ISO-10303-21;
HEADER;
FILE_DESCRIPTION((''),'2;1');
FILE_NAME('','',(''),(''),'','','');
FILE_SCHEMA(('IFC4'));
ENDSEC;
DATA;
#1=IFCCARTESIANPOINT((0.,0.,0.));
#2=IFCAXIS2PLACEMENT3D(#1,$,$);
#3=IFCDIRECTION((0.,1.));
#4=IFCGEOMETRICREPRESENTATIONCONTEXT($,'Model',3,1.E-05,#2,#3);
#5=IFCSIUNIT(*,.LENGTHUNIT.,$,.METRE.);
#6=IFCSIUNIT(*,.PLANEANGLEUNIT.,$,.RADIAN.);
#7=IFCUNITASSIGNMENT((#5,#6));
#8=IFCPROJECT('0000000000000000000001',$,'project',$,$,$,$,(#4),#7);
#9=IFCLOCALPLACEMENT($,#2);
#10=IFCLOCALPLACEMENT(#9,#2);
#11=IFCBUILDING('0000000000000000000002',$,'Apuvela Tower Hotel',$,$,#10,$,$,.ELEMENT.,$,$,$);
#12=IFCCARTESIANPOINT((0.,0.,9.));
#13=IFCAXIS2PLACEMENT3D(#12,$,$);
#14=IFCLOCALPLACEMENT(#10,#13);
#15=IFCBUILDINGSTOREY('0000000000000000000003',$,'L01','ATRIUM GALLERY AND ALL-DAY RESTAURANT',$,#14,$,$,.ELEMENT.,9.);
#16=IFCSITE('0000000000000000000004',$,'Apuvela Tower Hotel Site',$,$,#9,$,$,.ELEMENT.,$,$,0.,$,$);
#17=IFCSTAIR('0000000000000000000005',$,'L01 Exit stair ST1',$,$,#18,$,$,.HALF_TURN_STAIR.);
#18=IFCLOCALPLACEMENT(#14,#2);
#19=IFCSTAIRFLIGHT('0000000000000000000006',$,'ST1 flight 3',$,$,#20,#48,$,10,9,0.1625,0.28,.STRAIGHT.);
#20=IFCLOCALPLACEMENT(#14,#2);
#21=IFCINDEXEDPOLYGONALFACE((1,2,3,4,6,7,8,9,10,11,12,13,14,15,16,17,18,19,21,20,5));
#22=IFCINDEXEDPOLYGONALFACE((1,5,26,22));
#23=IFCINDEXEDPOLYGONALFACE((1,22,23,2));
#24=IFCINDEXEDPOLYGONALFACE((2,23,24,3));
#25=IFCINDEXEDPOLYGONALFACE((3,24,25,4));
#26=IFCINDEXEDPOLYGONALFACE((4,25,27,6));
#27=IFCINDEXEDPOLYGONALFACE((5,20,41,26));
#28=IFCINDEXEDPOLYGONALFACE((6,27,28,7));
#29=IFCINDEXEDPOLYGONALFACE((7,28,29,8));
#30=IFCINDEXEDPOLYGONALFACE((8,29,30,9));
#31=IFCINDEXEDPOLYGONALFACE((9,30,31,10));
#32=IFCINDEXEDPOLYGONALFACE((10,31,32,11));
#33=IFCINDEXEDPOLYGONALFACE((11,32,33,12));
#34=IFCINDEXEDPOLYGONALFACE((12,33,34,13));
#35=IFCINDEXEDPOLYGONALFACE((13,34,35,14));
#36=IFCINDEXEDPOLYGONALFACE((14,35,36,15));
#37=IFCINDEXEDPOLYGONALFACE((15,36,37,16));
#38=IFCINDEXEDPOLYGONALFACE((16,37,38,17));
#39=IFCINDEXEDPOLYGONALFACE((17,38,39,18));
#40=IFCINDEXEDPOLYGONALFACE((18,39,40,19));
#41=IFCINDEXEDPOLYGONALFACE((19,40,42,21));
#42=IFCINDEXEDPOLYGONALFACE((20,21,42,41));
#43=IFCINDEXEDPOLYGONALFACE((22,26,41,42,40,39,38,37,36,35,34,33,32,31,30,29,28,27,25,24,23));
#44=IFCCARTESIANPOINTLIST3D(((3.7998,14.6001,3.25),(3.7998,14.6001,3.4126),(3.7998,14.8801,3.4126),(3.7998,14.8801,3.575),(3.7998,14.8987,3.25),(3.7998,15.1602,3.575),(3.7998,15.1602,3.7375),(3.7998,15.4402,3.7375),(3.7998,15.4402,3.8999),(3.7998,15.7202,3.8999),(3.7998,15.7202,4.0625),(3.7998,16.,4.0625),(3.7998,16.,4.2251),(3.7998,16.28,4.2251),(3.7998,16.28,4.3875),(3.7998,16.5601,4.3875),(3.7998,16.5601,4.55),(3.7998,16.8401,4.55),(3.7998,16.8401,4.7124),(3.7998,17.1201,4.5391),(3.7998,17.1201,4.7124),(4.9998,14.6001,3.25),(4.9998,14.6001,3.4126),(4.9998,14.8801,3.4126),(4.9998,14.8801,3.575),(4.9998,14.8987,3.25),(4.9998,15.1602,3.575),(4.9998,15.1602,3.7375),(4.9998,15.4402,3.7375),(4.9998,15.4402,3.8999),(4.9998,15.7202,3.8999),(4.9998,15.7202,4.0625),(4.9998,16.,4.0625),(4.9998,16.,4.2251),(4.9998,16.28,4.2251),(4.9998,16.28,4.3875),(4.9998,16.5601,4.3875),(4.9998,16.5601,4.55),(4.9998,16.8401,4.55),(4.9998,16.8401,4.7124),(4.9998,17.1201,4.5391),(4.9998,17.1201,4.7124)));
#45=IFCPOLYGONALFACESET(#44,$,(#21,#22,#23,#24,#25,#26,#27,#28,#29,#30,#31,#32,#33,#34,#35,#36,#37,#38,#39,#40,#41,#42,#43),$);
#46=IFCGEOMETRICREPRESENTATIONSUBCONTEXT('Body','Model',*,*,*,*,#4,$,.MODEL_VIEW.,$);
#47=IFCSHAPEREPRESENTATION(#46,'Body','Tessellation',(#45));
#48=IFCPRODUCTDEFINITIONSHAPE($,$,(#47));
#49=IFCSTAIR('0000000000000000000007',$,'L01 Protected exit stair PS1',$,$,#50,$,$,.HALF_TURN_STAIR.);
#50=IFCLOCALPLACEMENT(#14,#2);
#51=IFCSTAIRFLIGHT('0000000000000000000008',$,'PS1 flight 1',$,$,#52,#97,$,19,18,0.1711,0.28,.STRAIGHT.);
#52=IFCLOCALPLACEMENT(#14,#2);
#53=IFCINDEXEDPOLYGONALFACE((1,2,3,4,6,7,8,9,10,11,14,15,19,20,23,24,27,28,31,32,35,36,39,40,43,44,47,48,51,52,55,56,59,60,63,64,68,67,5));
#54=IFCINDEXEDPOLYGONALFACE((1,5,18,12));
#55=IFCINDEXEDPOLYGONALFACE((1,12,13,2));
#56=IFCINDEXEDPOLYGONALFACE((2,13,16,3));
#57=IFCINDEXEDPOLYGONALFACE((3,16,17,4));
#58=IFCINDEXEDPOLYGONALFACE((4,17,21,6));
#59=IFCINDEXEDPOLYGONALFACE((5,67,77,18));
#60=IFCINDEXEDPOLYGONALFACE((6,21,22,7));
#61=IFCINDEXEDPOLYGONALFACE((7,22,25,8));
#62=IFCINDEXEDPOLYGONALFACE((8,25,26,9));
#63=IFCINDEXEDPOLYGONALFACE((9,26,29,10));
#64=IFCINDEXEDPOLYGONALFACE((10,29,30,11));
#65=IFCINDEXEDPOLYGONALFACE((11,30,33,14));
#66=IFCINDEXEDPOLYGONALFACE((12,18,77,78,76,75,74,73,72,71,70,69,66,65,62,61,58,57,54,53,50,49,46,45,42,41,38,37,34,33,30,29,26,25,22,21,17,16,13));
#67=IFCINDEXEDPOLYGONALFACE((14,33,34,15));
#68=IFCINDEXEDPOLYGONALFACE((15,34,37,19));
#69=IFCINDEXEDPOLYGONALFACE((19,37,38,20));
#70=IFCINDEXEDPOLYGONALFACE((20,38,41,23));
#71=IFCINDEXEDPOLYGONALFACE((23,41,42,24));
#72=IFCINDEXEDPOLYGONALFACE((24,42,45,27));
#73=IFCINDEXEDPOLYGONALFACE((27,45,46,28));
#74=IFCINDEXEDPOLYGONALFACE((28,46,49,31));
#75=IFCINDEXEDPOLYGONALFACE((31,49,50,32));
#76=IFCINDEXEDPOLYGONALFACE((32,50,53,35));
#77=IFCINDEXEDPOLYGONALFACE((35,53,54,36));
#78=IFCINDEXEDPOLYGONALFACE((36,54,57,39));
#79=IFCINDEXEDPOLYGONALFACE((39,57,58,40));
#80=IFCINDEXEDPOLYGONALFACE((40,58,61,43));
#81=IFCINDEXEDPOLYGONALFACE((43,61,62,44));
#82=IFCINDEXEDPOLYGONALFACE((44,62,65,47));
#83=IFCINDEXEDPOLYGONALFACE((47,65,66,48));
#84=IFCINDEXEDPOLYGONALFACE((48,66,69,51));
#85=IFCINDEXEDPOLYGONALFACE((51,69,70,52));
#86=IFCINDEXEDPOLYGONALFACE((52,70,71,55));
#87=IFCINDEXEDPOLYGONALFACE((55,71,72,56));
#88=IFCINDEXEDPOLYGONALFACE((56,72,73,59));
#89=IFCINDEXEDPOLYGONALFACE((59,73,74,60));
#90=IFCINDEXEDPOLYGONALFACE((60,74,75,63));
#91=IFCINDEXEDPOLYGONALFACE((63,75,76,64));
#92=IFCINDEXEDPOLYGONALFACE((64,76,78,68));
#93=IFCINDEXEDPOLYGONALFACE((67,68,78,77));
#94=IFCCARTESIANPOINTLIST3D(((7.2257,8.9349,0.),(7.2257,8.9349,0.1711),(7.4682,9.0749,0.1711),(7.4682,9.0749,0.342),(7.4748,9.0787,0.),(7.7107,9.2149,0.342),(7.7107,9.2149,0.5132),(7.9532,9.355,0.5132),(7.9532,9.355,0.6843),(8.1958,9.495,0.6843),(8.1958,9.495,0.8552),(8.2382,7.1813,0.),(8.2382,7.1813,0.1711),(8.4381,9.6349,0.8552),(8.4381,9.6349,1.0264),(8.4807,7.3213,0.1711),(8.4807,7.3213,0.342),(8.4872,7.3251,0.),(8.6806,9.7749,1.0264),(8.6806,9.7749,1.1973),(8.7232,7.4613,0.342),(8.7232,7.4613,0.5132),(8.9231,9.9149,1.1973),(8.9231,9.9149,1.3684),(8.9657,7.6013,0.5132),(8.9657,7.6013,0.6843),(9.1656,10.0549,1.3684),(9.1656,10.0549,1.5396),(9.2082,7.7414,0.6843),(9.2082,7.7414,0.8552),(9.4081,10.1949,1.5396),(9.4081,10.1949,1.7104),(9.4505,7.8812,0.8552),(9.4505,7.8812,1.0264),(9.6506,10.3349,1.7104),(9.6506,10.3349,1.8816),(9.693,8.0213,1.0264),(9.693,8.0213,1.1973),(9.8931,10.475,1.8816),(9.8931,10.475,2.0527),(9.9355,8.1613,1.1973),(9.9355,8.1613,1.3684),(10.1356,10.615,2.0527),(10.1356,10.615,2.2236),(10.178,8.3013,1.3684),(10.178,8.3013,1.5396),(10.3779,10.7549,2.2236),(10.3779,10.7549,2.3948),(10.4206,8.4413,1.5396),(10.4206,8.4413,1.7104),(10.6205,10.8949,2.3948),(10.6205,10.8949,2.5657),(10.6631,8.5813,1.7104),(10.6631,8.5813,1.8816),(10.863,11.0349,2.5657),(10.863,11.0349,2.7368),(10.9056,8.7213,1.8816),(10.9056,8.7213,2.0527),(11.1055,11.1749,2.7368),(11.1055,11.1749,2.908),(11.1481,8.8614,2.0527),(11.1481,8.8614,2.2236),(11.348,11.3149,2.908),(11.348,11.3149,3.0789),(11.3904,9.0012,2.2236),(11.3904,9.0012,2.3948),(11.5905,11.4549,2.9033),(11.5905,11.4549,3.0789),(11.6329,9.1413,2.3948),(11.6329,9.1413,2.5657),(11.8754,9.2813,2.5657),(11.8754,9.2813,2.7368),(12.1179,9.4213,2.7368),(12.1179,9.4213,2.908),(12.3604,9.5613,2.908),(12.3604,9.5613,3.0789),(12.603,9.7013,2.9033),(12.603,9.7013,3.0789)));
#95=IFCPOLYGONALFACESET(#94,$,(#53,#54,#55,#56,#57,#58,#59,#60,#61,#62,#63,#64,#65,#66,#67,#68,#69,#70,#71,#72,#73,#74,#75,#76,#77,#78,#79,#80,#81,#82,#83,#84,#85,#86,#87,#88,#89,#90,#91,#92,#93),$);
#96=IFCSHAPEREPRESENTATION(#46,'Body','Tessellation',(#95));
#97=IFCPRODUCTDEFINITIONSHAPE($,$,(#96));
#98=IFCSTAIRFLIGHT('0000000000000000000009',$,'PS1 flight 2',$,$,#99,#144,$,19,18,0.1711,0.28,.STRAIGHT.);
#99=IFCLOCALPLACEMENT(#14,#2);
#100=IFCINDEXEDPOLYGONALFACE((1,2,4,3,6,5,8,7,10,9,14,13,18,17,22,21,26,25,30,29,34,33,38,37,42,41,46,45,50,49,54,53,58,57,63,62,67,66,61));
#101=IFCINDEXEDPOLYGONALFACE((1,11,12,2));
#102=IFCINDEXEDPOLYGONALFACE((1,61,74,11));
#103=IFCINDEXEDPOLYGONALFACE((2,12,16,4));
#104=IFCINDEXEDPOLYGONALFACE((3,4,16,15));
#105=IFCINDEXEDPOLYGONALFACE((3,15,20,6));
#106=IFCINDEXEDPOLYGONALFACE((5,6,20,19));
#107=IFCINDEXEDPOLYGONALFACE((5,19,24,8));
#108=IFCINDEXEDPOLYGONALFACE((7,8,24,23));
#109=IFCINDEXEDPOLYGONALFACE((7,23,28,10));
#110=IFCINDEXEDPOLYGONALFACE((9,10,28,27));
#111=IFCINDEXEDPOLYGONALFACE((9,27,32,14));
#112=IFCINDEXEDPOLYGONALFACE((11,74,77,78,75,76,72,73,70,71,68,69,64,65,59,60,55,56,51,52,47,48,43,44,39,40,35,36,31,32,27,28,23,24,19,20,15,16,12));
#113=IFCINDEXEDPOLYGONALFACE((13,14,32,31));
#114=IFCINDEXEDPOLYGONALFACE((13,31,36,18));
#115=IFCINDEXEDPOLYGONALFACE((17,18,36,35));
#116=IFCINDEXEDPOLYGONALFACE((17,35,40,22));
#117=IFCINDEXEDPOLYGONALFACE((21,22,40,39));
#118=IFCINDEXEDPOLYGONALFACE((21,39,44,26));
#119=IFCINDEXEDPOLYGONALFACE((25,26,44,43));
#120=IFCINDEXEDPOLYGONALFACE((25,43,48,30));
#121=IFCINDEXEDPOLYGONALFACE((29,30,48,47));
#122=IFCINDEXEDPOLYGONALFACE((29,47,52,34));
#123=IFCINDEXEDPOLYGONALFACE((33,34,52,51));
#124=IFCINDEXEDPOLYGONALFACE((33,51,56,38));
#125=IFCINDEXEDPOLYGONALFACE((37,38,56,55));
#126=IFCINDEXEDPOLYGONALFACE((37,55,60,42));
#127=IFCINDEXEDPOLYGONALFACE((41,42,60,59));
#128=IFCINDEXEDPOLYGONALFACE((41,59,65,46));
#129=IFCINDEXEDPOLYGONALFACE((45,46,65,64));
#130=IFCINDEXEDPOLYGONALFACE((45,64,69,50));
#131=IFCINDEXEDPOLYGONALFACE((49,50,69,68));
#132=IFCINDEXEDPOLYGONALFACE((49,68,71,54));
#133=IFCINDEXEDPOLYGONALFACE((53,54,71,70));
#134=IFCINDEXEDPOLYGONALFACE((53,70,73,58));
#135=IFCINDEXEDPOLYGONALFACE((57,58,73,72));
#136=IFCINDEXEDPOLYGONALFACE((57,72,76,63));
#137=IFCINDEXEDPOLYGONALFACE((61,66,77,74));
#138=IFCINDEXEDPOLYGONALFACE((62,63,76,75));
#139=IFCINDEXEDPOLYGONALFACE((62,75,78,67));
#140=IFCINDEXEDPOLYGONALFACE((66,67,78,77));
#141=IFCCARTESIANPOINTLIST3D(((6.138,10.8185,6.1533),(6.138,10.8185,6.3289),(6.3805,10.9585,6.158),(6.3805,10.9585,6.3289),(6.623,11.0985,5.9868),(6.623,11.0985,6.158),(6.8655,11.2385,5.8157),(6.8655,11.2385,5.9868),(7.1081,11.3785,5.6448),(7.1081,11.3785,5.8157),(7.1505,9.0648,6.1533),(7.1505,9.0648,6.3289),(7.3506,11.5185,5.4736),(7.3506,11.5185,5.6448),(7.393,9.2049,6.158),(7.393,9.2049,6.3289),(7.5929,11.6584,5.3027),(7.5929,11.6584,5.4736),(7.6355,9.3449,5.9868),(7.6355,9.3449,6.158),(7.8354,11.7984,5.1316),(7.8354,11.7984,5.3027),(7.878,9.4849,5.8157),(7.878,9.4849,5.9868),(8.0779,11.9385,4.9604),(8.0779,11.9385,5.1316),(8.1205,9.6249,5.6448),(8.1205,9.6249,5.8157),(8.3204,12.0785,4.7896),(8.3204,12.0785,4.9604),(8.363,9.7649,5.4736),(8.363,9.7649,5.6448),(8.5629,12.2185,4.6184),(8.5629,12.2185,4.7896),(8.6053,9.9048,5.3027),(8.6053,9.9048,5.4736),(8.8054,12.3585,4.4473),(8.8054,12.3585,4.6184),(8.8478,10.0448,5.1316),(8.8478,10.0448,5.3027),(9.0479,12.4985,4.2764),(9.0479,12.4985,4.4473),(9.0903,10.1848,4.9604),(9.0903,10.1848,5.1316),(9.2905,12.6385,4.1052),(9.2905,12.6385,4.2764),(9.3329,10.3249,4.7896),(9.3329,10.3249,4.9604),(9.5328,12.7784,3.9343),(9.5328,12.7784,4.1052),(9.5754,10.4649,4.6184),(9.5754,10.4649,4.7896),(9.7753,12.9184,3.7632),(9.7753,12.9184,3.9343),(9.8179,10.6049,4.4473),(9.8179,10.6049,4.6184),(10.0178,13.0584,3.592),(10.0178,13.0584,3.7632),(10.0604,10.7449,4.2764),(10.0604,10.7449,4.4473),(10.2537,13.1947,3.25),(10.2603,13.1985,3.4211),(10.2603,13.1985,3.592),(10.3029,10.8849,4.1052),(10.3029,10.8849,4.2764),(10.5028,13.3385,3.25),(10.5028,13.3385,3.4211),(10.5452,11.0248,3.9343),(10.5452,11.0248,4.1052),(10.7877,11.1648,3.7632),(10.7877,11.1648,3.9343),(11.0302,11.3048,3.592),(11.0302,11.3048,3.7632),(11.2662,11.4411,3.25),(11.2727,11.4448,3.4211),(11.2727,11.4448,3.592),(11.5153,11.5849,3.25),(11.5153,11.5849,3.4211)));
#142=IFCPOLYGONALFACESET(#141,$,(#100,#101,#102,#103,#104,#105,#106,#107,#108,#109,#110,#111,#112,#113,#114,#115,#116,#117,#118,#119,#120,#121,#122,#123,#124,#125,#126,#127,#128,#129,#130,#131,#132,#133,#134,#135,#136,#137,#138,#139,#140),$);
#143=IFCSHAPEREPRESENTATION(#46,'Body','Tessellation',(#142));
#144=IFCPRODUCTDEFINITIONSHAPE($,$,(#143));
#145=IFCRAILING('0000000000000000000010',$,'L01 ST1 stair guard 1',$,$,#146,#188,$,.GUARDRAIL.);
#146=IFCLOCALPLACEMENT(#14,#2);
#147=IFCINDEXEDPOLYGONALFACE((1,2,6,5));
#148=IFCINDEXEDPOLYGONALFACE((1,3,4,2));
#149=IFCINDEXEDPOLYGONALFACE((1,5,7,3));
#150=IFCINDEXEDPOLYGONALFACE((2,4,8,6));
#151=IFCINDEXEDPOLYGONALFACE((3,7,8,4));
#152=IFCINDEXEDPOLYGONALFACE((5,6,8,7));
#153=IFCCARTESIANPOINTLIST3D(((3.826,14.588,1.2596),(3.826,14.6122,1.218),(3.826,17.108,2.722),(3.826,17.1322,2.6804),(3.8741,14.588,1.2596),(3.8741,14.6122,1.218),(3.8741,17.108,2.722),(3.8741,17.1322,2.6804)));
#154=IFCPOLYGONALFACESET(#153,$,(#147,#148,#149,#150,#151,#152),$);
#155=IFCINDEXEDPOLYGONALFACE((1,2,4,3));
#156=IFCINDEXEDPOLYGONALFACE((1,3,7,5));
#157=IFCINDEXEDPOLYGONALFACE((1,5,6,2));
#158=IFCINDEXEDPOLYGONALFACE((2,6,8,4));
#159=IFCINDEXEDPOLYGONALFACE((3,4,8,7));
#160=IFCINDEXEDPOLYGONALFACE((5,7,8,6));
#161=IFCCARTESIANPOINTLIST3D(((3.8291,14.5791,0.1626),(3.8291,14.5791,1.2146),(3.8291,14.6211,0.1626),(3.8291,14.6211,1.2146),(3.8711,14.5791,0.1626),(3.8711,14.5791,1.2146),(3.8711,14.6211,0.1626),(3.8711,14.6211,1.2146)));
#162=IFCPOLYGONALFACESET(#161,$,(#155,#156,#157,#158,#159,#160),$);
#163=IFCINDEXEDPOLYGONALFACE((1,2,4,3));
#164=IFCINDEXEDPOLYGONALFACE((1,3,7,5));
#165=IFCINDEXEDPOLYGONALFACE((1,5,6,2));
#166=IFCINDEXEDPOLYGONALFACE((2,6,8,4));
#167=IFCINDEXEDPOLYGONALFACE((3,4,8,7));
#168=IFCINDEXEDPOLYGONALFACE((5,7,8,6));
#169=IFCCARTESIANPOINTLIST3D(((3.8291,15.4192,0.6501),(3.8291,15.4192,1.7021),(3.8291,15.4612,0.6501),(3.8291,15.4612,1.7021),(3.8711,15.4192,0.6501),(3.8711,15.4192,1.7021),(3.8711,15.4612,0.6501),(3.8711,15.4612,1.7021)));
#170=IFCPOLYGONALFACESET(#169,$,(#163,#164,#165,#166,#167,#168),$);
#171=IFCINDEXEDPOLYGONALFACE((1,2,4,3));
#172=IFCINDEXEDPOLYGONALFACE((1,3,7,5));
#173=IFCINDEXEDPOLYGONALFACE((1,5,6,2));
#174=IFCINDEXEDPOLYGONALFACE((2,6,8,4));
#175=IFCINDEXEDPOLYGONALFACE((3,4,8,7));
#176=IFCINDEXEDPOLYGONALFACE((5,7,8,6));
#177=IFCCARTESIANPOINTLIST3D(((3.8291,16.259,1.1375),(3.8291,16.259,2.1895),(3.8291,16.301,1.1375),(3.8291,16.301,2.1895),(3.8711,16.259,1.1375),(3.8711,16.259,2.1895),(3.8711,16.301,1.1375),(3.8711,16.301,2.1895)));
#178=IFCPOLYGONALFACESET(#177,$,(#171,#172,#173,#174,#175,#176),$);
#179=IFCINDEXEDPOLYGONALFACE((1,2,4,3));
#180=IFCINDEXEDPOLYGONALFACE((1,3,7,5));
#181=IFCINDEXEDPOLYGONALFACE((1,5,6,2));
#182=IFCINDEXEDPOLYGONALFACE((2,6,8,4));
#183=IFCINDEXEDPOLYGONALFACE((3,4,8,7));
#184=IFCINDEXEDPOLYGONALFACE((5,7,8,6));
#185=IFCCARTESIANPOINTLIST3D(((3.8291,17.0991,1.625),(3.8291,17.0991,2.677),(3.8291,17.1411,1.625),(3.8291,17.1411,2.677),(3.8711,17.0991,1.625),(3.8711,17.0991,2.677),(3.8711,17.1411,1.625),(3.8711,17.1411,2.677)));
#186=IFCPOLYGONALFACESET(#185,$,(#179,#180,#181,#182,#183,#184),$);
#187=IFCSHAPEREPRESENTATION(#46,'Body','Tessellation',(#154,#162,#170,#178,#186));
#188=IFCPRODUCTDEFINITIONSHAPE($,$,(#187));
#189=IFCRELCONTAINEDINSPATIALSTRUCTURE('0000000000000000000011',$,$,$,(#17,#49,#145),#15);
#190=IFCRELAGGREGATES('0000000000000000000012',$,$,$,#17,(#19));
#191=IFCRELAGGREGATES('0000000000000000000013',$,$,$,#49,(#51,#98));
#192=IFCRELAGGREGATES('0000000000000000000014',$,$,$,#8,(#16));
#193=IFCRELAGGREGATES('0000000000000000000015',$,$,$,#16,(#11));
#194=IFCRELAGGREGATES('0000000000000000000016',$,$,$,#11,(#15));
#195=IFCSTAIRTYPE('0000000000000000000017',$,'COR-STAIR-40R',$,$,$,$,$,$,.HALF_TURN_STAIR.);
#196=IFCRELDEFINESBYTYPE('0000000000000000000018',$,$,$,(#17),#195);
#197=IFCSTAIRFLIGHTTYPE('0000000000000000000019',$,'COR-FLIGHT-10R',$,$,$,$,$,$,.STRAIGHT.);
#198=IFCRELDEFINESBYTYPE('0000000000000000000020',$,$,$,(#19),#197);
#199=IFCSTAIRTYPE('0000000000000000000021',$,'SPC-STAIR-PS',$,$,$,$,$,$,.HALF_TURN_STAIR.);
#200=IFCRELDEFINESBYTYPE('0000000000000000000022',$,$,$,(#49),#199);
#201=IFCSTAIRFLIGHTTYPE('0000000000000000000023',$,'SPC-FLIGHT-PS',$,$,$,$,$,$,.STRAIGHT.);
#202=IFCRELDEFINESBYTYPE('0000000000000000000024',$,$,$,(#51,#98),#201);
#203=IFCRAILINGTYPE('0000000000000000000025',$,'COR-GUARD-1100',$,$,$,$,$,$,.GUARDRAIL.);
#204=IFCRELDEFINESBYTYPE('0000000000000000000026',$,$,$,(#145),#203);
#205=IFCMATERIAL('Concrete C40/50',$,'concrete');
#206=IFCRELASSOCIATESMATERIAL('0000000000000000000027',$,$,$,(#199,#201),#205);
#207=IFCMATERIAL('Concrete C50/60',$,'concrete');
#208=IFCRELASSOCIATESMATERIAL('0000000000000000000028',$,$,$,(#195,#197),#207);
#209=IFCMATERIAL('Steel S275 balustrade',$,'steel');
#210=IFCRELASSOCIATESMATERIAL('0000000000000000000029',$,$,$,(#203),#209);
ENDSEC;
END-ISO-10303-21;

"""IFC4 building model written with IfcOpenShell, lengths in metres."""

from ifc_helpers import new_model, si_unit, direction, frame, origin, origin_2d, place, context, subcontext, project, spatial, polyline, rectangle, outline, extrude, material, type_object, element, aggregate, save


model = new_model("IFC4")

# Units and contexts
model_context = context("Model", 3, precision=1e-05, world=origin(), true_north=direction((0.0, 1.0)))
body_context = subcontext(model_context, "Body", "Model", "MODEL_VIEW")
ifc_project = project(units=[si_unit("LENGTHUNIT", "METRE"), si_unit("PLANEANGLEUNIT", "RADIAN")], contexts=[model_context])

# Site, building, storey
site_placement = place(None, origin())
site = spatial("IfcSite", under=ifc_project, at=site_placement, Name="Apuvela Tower Hotel Site", CompositionType="ELEMENT", RefElevation=0.0)
building_placement = place(site_placement, origin())
building = spatial("IfcBuilding", under=site, at=building_placement, Name="Apuvela Tower Hotel", CompositionType="ELEMENT")
storey_placement = place(building_placement, frame((0.0, 0.0, 9.0)))
storey = spatial("IfcBuildingStorey", under=building, at=storey_placement, Name="L01", Description="ATRIUM GALLERY AND ALL-DAY RESTAURANT", CompositionType="ELEMENT", Elevation=9.0)

# Shared definitions
ifc_material_1 = material(Name="Concrete C40/50", Category="concrete")
stair_type_1 = type_object("IfcStairType", Name="SPC-STAIR-PS", PredefinedType="HALF_TURN_STAIR", material=ifc_material_1)

# Shared definitions
ifc_material_2 = material(Name="Concrete C50/60", Category="concrete")

# Stairs, stair flights
stair_type_2 = type_object("IfcStairType", Name="COR-STAIR-40R", PredefinedType="HALF_TURN_STAIR", material=ifc_material_2)
stair_1_placement = place(storey_placement, origin())
stair_1 = element("IfcStair", 1, at=stair_1_placement, inside=storey, type_object=stair_type_2, Name="L01 Exit stair ST1", PredefinedType="HALF_TURN_STAIR")
stair_flight_type_1 = type_object("IfcStairFlightType", Name="COR-FLIGHT-10R", PredefinedType="STRAIGHT", material=ifc_material_2)
stair_flight_1_placement = place(storey_placement, frame((4.3999, 14.6001, 3.25), z_axis=(0.0, 0.0, 1.0), x_axis=(0.0, 1.0, 0.0)))
stair_flight_1 = element("IfcStairFlight", 2, at=stair_flight_1_placement, type_object=stair_flight_type_1, Name="ST1 flight 3", NumberOfRisers=10, NumberOfTreads=9, PredefinedType="STRAIGHT", RiserHeight=0.1625, TreadLength=0.28, context=body_context, shape_type="SweptSolid", body=[
    extrude(outline(polyline([(0.0, 0.0), (0.0, 0.1626), (0.28, 0.1626), (0.28, 0.325), (0.5601, 0.325), (0.5601, 0.4875), (0.8401, 0.4875), (0.8401, 0.6499), (1.1201, 0.6499), (1.1201, 0.8125), (1.3999, 0.8125), (1.3999, 0.9751), (1.6799, 0.9751), (1.6799, 1.1375), (1.96, 1.1375), (1.96, 1.3), (2.24, 1.3), (2.24, 1.4624), (2.52, 1.4624), (2.52, 1.625), (2.52, 1.2891), (0.2986, 0.0), (0.0, 0.0)])), frame((0.0, 0.6001, 0.0), z_axis=(0.0, -1.0, 0.0), x_axis=(1.0, 0.0, 0.0)), (0.0, 0.0, 1.0), 1.2),
])
aggregate(stair_1, [stair_flight_1])
stair_2_placement = place(storey_placement, origin())
stair_2 = element("IfcStair", 3, at=stair_2_placement, inside=storey, type_object=stair_type_1, Name="L01 Protected exit stair PS1", PredefinedType="HALF_TURN_STAIR")
stair_flight_type_2 = type_object("IfcStairFlightType", Name="SPC-FLIGHT-PS", PredefinedType="STRAIGHT", material=ifc_material_1)
stair_flight_2_placement = place(storey_placement, frame((7.7319, 8.0581, 0.0), z_axis=(0.0, 0.0, 1.0), x_axis=(0.866025, 0.5, 0.0)))
stair_flight_2 = element("IfcStairFlight", 4, at=stair_flight_2_placement, type_object=stair_flight_type_2, Name="PS1 flight 1", NumberOfRisers=19, NumberOfTreads=18, PredefinedType="STRAIGHT", RiserHeight=0.1711, TreadLength=0.28, context=body_context, shape_type="SweptSolid", body=[
    extrude(outline(polyline([(0.0, 0.0), (0.0, 0.1711), (0.28, 0.1711), (0.28, 0.342), (0.5601, 0.342), (0.5601, 0.5132), (0.8401, 0.5132), (0.8401, 0.6843), (1.1201, 0.6843), (1.1201, 0.8552), (1.3999, 0.8552), (1.3999, 1.0264), (1.6799, 1.0264), (1.6799, 1.1973), (1.96, 1.1973), (1.96, 1.3684), (2.24, 1.3684), (2.24, 1.5396), (2.52, 1.5396), (2.52, 1.7104), (2.8, 1.7104), (2.8, 1.8816), (3.0801, 1.8816), (3.0801, 2.0527), (3.3601, 2.0527), (3.3601, 2.2236), (3.6399, 2.2236), (3.6399, 2.3948), (3.9199, 2.3948), (3.9199, 2.5657), (4.2, 2.5657), (4.2, 2.7368), (4.48, 2.7368), (4.48, 2.908), (4.76, 2.908), (4.76, 3.0789), (5.04, 3.0789), (5.04, 3.25), (5.04, 2.9033), (0.2876, 0.0), (0.0, 0.0)])), frame((0.0, 1.0125, 0.0), z_axis=(0.0, -1.0, 0.0), x_axis=(1.0, 0.0, 0.0)), (0.0, 0.0, 1.0), 2.0249),
])
stair_flight_3_placement = place(storey_placement, frame((11.009, 12.4617, 3.25), z_axis=(0.0, 0.0, 1.0), x_axis=(-0.866025, -0.5, 0.0)))
stair_flight_3 = element("IfcStairFlight", 5, at=stair_flight_3_placement, type_object=stair_flight_type_2, Name="PS1 flight 2", NumberOfRisers=19, NumberOfTreads=18, PredefinedType="STRAIGHT", RiserHeight=0.1711, TreadLength=0.28, context=body_context, shape_type="SweptSolid", body=[
    extrude(outline(polyline([(0.0, 0.0), (0.0, 0.1711), (0.28, 0.1711), (0.28, 0.342), (0.5601, 0.342), (0.5601, 0.5132), (0.8401, 0.5132), (0.8401, 0.6843), (1.1201, 0.6843), (1.1201, 0.8552), (1.3999, 0.8552), (1.3999, 1.0264), (1.6799, 1.0264), (1.6799, 1.1973), (1.96, 1.1973), (1.96, 1.3684), (2.24, 1.3684), (2.24, 1.5396), (2.52, 1.5396), (2.52, 1.7104), (2.8, 1.7104), (2.8, 1.8816), (3.0801, 1.8816), (3.0801, 2.0527), (3.3601, 2.0527), (3.3601, 2.2236), (3.6399, 2.2236), (3.6399, 2.3948), (3.9199, 2.3948), (3.9199, 2.5657), (4.2, 2.5657), (4.2, 2.7368), (4.48, 2.7368), (4.48, 2.908), (4.76, 2.908), (4.76, 3.0789), (5.04, 3.0789), (5.04, 3.25), (5.04, 2.9033), (0.2876, 0.0), (0.0, 0.0)])), frame((0.0, 1.0125, 0.0), z_axis=(0.0, -1.0, 0.0), x_axis=(1.0, 0.0, 0.0)), (0.0, 0.0, 1.0), 2.0249),
])
aggregate(stair_2, [stair_flight_2, stair_flight_3])

# Railing
ifc_material_3 = material(Name="Steel S275 balustrade", Category="steel")
railing_type_1 = type_object("IfcRailingType", Name="COR-GUARD-1100", PredefinedType="GUARDRAIL", material=ifc_material_3)
railing_1_placement = place(storey_placement, frame((3.8501, 14.6001, 0.1626)))
element("IfcRailing", 6, at=railing_1_placement, inside=storey, type_object=railing_type_1, Name="L01 ST1 stair guard 1", PredefinedType="GUARDRAIL", context=body_context, shape_type="SweptSolid", body=[
    extrude(rectangle(XDim=0.0481, YDim=0.0481, at=origin_2d()), frame((0.0, 0.0, 1.0762), z_axis=(0.0, 0.864913, 0.501921), x_axis=(-1.0, 0.0, 0.0)), (0.0, 0.0, 1.0), 2.9136),
    extrude(rectangle(XDim=0.042, YDim=0.042, at=origin_2d()), origin(), (0.0, 0.0, 1.0), 1.052),
    extrude(rectangle(XDim=0.042, YDim=0.042, at=origin_2d()), frame((0.0, 0.8401, 0.4875)), (0.0, 0.0, 1.0), 1.052),
    extrude(rectangle(XDim=0.042, YDim=0.042, at=origin_2d()), frame((0.0, 1.6799, 0.9749)), (0.0, 0.0, 1.0), 1.052),
    extrude(rectangle(XDim=0.042, YDim=0.042, at=origin_2d()), frame((0.0, 2.52, 1.4624)), (0.0, 0.0, 1.0), 1.052),
])

save(model, "model.ifc")
